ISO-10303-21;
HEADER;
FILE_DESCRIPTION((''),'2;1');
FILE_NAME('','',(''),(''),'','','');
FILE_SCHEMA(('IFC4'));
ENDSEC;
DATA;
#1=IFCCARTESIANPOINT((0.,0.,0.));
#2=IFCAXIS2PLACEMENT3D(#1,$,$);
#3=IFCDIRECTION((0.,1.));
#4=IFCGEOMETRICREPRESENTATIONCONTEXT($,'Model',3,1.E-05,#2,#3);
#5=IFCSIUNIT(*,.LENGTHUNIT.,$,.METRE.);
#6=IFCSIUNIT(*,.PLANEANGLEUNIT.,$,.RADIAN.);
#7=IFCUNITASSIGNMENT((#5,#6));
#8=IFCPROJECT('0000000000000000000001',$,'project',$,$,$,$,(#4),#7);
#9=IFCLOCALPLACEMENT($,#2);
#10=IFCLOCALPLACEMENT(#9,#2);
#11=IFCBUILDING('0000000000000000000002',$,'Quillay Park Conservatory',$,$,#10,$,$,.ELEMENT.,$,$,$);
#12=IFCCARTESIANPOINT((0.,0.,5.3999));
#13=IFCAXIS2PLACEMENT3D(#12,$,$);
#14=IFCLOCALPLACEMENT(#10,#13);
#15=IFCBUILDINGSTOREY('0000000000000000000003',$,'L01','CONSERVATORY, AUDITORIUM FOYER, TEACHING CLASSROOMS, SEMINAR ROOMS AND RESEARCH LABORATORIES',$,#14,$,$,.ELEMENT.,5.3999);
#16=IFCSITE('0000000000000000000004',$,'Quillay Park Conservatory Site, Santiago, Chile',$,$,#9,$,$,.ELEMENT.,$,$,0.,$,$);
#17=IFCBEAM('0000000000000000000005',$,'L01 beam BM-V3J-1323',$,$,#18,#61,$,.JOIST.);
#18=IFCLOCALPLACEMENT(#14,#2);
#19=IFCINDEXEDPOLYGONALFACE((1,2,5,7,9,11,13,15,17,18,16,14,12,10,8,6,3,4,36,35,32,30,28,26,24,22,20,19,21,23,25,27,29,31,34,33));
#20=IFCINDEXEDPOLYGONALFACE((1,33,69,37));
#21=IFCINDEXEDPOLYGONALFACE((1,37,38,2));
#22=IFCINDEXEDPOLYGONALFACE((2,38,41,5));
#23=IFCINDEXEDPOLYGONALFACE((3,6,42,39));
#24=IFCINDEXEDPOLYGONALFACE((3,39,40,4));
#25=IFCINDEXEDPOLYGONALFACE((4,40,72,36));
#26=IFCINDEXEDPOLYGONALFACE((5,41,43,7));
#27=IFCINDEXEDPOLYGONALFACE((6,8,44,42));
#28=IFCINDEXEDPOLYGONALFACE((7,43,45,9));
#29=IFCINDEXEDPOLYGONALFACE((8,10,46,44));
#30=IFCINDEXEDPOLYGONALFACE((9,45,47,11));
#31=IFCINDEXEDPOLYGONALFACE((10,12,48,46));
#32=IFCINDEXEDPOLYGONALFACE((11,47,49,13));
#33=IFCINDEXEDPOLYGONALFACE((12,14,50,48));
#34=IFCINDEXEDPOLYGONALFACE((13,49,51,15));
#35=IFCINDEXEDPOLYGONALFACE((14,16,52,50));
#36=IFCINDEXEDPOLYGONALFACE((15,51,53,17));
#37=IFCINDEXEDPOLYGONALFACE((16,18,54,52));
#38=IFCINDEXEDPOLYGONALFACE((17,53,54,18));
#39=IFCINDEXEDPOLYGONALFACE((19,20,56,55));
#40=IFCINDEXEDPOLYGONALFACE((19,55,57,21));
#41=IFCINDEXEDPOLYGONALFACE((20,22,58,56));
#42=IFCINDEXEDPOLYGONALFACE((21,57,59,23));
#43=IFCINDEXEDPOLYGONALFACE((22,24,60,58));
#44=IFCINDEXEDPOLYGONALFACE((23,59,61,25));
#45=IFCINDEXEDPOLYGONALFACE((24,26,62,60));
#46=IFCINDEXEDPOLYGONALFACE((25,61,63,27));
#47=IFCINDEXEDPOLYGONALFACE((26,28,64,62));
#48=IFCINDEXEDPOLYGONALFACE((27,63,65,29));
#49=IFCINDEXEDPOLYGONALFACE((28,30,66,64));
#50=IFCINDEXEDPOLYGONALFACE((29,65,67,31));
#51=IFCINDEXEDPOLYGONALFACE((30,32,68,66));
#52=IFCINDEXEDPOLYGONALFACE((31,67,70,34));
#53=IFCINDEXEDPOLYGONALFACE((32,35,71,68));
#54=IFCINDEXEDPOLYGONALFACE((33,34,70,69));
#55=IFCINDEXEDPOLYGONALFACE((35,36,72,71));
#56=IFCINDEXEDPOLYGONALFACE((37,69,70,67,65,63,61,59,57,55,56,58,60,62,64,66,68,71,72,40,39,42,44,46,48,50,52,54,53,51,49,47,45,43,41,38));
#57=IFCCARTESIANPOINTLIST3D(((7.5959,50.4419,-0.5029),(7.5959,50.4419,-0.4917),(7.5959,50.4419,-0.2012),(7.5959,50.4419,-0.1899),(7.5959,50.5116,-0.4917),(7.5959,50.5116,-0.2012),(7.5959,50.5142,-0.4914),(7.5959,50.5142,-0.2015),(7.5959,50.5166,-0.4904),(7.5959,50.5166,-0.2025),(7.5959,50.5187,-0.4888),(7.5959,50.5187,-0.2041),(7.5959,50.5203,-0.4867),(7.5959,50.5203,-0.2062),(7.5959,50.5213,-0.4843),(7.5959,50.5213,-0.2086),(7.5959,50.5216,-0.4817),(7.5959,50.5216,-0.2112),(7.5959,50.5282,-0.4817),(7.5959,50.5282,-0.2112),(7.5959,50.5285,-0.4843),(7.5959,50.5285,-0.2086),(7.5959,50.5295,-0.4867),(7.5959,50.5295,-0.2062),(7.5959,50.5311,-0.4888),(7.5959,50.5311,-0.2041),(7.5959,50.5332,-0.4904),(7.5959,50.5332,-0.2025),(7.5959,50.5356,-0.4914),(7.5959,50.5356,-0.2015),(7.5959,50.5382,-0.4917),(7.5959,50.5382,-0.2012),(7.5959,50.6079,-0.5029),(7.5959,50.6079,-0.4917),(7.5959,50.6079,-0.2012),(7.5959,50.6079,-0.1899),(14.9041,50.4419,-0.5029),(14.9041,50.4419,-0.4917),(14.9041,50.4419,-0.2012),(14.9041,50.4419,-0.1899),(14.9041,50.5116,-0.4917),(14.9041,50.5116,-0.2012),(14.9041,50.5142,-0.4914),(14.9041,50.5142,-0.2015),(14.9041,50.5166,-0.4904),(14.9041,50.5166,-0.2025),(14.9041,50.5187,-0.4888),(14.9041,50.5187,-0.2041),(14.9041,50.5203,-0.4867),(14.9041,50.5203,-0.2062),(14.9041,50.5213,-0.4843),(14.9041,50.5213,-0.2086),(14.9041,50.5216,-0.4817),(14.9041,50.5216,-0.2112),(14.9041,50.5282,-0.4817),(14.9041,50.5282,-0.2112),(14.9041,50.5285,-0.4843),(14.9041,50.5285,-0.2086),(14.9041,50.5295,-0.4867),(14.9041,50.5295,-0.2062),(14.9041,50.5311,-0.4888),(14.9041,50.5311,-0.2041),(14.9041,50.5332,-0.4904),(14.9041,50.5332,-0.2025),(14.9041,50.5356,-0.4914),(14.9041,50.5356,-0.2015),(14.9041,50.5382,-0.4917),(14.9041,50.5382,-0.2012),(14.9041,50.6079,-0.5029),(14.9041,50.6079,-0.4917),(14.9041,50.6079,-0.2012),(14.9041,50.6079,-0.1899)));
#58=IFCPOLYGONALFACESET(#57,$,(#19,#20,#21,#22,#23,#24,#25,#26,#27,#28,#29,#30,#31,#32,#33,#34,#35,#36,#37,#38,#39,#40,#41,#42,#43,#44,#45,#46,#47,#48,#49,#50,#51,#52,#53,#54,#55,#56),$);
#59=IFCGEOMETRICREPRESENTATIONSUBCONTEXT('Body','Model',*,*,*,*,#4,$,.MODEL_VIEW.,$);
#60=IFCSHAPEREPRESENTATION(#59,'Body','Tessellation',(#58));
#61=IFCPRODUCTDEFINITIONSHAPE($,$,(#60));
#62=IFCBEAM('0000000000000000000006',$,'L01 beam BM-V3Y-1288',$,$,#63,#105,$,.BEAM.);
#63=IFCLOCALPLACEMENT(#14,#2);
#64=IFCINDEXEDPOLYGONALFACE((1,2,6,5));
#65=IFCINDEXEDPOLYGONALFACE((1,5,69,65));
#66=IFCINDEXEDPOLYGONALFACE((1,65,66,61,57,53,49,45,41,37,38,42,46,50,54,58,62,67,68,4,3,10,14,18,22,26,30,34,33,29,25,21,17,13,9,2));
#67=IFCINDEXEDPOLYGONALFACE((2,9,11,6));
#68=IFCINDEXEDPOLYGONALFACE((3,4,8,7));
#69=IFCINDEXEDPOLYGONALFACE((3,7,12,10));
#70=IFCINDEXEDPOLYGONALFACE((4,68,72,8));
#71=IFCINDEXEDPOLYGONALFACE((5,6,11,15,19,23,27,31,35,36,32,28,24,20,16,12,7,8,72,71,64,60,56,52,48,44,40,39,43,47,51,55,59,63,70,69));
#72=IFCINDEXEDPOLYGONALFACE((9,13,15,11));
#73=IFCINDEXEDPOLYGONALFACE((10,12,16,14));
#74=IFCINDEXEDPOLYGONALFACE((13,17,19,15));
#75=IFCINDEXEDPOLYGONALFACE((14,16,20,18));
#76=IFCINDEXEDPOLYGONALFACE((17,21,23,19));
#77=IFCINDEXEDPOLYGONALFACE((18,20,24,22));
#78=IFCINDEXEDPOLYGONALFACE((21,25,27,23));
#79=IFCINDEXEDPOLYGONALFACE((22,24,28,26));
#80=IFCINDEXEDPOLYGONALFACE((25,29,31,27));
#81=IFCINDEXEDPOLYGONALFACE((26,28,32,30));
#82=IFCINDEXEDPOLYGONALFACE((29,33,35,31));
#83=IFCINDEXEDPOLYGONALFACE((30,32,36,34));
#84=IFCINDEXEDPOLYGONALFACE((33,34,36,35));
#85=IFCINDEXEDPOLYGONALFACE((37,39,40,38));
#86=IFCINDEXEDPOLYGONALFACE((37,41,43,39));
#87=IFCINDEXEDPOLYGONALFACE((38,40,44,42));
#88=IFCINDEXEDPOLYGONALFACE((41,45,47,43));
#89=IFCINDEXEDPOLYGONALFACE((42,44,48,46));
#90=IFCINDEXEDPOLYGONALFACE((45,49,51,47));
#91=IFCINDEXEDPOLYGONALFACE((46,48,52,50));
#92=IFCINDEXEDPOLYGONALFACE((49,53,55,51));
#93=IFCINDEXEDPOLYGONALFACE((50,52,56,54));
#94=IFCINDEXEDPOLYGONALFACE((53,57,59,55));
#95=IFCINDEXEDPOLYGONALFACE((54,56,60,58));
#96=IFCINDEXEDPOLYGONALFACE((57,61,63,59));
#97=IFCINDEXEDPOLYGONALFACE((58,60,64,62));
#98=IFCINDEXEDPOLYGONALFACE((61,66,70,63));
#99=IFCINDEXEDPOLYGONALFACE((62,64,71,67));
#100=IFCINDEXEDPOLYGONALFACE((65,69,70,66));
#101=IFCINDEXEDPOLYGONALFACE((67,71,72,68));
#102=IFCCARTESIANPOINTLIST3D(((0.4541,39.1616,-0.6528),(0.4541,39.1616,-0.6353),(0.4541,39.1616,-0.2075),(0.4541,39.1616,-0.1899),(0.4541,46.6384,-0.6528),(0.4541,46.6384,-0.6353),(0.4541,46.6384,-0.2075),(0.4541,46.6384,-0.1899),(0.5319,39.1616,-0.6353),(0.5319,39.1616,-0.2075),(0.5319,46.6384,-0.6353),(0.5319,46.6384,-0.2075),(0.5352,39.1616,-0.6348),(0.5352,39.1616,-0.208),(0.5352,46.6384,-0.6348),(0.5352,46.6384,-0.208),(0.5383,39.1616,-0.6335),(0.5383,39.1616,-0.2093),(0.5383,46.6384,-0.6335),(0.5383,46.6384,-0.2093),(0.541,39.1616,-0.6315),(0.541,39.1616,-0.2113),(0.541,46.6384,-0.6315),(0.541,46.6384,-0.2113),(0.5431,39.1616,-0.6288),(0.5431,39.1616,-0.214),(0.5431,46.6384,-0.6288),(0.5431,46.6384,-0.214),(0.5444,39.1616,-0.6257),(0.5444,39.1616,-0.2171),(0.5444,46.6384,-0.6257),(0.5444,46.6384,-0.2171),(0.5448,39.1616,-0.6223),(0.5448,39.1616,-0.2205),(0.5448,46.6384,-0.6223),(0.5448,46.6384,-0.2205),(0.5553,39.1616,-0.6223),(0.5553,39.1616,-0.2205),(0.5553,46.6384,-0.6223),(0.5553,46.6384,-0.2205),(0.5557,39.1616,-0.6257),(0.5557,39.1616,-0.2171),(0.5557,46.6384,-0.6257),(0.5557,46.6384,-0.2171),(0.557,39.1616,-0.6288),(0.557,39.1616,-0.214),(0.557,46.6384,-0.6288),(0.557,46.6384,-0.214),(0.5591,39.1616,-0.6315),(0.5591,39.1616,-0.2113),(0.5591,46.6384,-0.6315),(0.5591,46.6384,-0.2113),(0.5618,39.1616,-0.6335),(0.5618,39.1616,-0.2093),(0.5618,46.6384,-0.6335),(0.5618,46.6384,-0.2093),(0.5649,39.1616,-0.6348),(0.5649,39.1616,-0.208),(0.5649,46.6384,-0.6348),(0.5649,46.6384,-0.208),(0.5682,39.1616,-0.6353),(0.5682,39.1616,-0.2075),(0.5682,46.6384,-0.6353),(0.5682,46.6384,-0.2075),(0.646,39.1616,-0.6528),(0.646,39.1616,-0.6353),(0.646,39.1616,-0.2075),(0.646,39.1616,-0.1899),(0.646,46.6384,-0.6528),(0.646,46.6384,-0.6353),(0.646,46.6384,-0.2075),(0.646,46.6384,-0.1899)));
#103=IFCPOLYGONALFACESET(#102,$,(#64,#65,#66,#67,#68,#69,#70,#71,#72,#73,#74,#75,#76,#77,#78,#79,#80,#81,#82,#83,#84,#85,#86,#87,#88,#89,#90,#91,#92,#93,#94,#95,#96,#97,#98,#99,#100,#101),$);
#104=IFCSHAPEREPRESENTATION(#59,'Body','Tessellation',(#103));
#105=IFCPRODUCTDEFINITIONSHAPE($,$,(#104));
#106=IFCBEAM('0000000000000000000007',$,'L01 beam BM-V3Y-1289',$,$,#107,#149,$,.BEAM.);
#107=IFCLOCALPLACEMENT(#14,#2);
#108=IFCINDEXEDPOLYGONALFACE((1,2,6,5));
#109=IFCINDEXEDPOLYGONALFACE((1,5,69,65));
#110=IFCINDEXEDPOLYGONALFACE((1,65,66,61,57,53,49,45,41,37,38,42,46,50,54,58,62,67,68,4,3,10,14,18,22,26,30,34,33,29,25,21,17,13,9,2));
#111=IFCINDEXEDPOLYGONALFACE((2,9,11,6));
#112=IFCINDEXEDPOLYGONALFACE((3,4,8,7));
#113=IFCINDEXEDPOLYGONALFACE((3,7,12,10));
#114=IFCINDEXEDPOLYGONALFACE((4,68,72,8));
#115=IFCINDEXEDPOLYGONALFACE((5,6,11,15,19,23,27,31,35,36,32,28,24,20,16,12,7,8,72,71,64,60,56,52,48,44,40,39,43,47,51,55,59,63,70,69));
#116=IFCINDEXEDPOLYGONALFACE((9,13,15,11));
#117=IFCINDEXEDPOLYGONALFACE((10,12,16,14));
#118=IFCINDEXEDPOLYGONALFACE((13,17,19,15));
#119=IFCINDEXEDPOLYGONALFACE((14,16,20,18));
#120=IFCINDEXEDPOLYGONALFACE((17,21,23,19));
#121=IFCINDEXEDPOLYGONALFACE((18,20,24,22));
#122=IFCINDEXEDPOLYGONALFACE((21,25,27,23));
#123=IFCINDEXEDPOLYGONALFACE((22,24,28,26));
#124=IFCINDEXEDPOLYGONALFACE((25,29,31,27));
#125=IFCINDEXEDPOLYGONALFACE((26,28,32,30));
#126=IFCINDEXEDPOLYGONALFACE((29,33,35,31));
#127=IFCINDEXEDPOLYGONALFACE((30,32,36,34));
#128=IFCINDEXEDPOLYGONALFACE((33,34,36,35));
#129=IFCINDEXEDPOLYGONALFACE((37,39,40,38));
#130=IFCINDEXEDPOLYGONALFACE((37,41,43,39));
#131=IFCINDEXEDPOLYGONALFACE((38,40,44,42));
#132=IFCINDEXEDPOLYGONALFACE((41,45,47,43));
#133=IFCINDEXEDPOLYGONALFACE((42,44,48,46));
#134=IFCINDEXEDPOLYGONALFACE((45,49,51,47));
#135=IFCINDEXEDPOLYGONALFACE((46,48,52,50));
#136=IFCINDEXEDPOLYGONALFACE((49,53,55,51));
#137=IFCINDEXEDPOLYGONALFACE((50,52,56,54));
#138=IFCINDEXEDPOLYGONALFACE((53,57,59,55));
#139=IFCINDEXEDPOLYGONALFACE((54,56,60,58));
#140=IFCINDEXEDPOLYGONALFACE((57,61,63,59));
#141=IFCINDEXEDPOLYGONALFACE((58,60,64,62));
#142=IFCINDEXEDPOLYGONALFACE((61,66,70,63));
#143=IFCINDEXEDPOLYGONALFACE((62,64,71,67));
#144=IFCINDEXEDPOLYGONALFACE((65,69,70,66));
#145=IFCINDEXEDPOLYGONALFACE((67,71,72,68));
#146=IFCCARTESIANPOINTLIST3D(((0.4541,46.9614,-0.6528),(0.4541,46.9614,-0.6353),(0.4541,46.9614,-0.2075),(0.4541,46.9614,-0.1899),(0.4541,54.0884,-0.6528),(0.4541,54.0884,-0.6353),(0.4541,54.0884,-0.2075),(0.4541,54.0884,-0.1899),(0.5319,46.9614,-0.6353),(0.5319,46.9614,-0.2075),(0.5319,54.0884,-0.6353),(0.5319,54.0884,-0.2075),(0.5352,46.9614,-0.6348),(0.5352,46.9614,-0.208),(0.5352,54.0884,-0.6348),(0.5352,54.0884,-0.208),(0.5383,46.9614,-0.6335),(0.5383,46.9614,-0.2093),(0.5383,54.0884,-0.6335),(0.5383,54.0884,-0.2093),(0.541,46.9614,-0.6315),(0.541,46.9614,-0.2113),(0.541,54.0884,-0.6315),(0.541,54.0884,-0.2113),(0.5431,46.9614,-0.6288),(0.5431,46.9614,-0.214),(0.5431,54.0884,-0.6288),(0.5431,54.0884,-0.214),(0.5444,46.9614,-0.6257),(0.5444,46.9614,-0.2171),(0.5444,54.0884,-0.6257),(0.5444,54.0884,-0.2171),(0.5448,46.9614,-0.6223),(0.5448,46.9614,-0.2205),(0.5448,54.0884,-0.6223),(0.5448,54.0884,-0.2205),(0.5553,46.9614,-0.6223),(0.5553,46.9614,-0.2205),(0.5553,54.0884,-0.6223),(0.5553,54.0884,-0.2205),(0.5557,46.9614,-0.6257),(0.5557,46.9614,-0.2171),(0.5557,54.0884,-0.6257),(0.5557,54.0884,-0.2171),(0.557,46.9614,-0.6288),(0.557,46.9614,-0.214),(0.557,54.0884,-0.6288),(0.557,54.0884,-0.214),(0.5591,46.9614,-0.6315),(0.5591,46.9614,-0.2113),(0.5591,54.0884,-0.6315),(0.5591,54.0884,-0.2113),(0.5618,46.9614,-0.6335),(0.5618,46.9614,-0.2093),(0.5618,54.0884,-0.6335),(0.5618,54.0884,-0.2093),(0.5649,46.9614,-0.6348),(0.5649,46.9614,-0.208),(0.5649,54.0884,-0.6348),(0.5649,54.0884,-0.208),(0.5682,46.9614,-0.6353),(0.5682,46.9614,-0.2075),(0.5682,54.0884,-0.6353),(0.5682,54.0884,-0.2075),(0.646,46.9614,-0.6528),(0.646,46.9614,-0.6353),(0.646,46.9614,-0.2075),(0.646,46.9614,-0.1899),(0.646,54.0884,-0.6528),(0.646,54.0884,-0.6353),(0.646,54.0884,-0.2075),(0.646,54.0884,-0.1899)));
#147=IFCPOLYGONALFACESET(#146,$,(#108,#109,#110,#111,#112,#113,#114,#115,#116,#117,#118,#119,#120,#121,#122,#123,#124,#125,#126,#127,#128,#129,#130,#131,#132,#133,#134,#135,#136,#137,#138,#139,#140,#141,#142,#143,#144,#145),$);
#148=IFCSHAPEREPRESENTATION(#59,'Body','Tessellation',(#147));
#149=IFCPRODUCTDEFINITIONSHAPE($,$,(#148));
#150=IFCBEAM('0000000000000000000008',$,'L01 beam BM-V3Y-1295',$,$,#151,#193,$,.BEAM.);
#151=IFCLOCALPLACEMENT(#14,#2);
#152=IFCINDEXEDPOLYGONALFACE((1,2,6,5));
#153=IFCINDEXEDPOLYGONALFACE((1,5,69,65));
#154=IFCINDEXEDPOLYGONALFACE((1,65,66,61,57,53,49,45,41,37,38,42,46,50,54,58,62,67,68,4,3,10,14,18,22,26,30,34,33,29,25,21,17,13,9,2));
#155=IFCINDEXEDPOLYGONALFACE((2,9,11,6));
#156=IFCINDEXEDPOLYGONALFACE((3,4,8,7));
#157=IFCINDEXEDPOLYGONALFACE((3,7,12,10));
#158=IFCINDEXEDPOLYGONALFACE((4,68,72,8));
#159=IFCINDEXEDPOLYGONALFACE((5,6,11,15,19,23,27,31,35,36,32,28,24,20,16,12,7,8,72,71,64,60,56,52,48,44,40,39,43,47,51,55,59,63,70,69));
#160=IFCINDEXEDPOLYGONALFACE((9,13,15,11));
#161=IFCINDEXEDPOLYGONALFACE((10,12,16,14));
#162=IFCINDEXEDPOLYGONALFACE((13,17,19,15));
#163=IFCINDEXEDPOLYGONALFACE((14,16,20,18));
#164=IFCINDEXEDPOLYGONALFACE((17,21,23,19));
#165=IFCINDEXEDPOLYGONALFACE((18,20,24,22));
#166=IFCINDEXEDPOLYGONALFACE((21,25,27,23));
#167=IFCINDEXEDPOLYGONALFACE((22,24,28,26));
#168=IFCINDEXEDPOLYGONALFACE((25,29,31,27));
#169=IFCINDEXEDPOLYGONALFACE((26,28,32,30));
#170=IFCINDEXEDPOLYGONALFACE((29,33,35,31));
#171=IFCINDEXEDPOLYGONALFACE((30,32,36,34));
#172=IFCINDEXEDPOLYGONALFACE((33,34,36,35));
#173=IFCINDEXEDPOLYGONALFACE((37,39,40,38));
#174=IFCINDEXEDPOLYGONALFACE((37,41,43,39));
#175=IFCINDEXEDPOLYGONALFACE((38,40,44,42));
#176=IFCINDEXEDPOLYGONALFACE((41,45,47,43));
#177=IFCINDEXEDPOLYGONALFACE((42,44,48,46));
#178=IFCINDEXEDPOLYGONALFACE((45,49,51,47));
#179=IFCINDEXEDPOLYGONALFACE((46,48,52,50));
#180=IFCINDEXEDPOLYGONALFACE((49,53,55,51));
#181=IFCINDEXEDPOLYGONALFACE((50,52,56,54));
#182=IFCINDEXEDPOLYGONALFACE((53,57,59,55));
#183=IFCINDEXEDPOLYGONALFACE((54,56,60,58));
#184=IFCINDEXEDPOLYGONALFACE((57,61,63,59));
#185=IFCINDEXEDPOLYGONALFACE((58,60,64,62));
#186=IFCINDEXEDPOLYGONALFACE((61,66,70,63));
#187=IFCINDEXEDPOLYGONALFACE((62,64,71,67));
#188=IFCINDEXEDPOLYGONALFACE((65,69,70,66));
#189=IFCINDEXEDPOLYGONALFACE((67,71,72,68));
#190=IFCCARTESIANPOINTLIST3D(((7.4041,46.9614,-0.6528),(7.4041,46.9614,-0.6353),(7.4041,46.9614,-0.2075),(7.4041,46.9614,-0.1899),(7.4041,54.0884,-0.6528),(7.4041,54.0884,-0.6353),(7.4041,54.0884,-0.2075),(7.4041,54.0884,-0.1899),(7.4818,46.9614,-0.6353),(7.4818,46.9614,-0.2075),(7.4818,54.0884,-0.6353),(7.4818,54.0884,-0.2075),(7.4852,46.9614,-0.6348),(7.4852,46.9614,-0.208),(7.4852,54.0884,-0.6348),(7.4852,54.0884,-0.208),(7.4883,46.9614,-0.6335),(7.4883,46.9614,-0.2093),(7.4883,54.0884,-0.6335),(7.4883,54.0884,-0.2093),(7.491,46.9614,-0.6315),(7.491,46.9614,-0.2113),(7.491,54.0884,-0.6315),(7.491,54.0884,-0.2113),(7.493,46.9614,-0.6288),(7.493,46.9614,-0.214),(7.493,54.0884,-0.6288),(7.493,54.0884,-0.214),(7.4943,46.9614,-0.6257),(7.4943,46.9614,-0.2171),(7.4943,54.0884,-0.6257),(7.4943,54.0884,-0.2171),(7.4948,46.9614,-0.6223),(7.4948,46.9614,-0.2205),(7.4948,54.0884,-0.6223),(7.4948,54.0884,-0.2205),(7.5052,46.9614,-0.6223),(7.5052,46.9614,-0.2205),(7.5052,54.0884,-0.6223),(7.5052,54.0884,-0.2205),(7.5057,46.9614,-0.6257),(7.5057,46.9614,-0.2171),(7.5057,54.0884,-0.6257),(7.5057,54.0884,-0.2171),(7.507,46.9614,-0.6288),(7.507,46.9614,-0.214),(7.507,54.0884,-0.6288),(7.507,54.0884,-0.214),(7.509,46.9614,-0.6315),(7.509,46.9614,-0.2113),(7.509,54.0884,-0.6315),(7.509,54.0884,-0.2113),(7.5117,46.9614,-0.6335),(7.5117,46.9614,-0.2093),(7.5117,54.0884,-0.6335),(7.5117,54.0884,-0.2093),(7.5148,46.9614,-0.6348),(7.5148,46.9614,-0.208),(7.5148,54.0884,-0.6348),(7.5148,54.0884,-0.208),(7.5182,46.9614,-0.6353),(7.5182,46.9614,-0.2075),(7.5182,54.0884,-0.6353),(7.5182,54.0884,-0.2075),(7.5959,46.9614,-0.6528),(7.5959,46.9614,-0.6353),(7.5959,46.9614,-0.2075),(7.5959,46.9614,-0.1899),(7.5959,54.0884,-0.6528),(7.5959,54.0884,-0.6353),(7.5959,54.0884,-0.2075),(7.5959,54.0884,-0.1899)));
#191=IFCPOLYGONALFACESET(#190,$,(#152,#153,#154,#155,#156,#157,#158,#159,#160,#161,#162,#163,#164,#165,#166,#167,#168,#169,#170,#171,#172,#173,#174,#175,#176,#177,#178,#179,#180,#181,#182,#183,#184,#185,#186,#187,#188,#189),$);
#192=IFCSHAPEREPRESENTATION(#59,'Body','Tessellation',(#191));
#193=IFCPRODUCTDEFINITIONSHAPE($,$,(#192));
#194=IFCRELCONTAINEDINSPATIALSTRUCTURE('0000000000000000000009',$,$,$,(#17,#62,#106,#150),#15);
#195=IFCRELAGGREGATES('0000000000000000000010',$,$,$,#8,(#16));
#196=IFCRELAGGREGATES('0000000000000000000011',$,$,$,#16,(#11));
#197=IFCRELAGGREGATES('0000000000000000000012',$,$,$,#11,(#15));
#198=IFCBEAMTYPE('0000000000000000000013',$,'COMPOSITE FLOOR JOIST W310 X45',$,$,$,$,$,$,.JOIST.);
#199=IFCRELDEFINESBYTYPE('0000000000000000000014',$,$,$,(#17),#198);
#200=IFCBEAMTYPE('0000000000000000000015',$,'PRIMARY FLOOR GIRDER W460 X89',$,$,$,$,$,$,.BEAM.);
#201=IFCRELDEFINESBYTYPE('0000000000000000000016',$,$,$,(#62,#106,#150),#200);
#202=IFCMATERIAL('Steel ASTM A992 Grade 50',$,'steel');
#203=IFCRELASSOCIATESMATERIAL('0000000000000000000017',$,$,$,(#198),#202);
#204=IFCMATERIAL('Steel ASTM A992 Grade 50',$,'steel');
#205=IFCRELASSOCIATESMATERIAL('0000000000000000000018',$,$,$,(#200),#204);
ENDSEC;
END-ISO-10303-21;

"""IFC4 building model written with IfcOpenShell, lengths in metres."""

from ifc_helpers import new_model, si_unit, direction, frame, origin, origin_2d, place, context, subcontext, project, spatial, i_section, extrude, material, material_profile, profile_set, type_object, element, save


model = new_model("IFC4")

# Units and contexts
model_context = context("Model", 3, precision=1e-05, world=origin(), true_north=direction((0.0, 1.0)))
body_context = subcontext(model_context, "Body", "Model", "MODEL_VIEW")
ifc_project = project(units=[si_unit("LENGTHUNIT", "METRE"), si_unit("PLANEANGLEUNIT", "RADIAN")], contexts=[model_context])

# Site, building, storey
site_placement = place(None, origin())
site = spatial("IfcSite", under=ifc_project, at=site_placement, Name="Quillay Park Conservatory Site, Santiago, Chile", CompositionType="ELEMENT", RefElevation=0.0)
building_placement = place(site_placement, origin())
building = spatial("IfcBuilding", under=site, at=building_placement, Name="Quillay Park Conservatory", CompositionType="ELEMENT")
storey_placement = place(building_placement, frame((0.0, 0.0, 5.3999)))
storey = spatial("IfcBuildingStorey", under=building, at=storey_placement, Name="L01", Description="CONSERVATORY, AUDITORIUM FOYER, TEACHING CLASSROOMS, SEMINAR ROOMS AND RESEARCH LABORATORIES", CompositionType="ELEMENT", Elevation=5.3999)

# Beams
ifc_material_1 = material(Name="Steel ASTM A992 Grade 50", Category="steel")
ifc_material_profile_1 = material_profile(ifc_material_1, i_section(OverallWidth=0.166, OverallDepth=0.313, WebThickness=0.0066, FlangeThickness=0.0112, FilletRadius=0.01, at=origin_2d()), Name="W310x45")
ifc_profile_set_1 = profile_set([ifc_material_profile_1], Name="Steel ASTM A992 Grade 50")
beam_type_1 = type_object("IfcBeamType", Name="COMPOSITE FLOOR JOIST W310 X45", PredefinedType="JOIST", material=ifc_profile_set_1)
beam_1_placement = place(storey_placement, frame((7.5959, 50.5249, -0.3464), z_axis=(1.0, 0.0, 0.0), x_axis=(0.0, 1.0, 0.0)))
element("IfcBeam", 1, at=beam_1_placement, inside=storey, type_object=beam_type_1, Name="L01 beam BM-V3J-1323", PredefinedType="JOIST", context=body_context, shape_type="SweptSolid", body=[
    extrude(i_section(OverallWidth=0.166, OverallDepth=0.313, WebThickness=0.0066, FlangeThickness=0.0112, FilletRadius=0.01, at=origin_2d()), origin(), (0.0, 0.0, 1.0), 7.3081),
])
ifc_material_2 = material(Name="Steel ASTM A992 Grade 50", Category="steel")
ifc_material_profile_2 = material_profile(ifc_material_2, i_section(OverallWidth=0.1919, OverallDepth=0.4629, WebThickness=0.0105, FlangeThickness=0.0176, FilletRadius=0.0129, at=origin_2d()), Name="W460x89")
ifc_profile_set_2 = profile_set([ifc_material_profile_2], Name="Steel ASTM A992 Grade 50")
beam_type_2 = type_object("IfcBeamType", Name="PRIMARY FLOOR GIRDER W460 X89", PredefinedType="BEAM", material=ifc_profile_set_2)
beam_2_placement = place(storey_placement, frame((0.55, 39.1616, -0.4214), z_axis=(0.0, 1.0, 0.0), x_axis=(-1.0, 0.0, 0.0)))
element("IfcBeam", 2, at=beam_2_placement, inside=storey, type_object=beam_type_2, Name="L01 beam BM-V3Y-1288", PredefinedType="BEAM", context=body_context, shape_type="SweptSolid", body=[
    extrude(i_section(OverallWidth=0.1919, OverallDepth=0.4629, WebThickness=0.0105, FlangeThickness=0.0176, FilletRadius=0.0129, at=origin_2d()), origin(), (0.0, 0.0, 1.0), 7.4768),
])
for number, where, z_axis, x_axis, name in (
    (3, (0.55, 46.9614, -0.4214), (0.0, 1.0, 0.0), (-1.0, 0.0, 0.0), "L01 beam BM-V3Y-1289"),
    (4, (7.5, 46.9614, -0.4214), (0.0, 1.0, 0.0), (-1.0, 0.0, 0.0), "L01 beam BM-V3Y-1295"),
):
    element("IfcBeam", number, at=place(storey_placement, frame(where, z_axis=z_axis, x_axis=x_axis)), inside=storey, type_object=beam_type_2, Name=name, PredefinedType="BEAM", context=body_context, shape_type="SweptSolid", body=[
        extrude(i_section(OverallWidth=0.1919, OverallDepth=0.4629, WebThickness=0.0105, FlangeThickness=0.0176, FilletRadius=0.0129, at=origin_2d()), origin(), (0.0, 0.0, 1.0), 7.127),
    ])

save(model, "model.ifc")
